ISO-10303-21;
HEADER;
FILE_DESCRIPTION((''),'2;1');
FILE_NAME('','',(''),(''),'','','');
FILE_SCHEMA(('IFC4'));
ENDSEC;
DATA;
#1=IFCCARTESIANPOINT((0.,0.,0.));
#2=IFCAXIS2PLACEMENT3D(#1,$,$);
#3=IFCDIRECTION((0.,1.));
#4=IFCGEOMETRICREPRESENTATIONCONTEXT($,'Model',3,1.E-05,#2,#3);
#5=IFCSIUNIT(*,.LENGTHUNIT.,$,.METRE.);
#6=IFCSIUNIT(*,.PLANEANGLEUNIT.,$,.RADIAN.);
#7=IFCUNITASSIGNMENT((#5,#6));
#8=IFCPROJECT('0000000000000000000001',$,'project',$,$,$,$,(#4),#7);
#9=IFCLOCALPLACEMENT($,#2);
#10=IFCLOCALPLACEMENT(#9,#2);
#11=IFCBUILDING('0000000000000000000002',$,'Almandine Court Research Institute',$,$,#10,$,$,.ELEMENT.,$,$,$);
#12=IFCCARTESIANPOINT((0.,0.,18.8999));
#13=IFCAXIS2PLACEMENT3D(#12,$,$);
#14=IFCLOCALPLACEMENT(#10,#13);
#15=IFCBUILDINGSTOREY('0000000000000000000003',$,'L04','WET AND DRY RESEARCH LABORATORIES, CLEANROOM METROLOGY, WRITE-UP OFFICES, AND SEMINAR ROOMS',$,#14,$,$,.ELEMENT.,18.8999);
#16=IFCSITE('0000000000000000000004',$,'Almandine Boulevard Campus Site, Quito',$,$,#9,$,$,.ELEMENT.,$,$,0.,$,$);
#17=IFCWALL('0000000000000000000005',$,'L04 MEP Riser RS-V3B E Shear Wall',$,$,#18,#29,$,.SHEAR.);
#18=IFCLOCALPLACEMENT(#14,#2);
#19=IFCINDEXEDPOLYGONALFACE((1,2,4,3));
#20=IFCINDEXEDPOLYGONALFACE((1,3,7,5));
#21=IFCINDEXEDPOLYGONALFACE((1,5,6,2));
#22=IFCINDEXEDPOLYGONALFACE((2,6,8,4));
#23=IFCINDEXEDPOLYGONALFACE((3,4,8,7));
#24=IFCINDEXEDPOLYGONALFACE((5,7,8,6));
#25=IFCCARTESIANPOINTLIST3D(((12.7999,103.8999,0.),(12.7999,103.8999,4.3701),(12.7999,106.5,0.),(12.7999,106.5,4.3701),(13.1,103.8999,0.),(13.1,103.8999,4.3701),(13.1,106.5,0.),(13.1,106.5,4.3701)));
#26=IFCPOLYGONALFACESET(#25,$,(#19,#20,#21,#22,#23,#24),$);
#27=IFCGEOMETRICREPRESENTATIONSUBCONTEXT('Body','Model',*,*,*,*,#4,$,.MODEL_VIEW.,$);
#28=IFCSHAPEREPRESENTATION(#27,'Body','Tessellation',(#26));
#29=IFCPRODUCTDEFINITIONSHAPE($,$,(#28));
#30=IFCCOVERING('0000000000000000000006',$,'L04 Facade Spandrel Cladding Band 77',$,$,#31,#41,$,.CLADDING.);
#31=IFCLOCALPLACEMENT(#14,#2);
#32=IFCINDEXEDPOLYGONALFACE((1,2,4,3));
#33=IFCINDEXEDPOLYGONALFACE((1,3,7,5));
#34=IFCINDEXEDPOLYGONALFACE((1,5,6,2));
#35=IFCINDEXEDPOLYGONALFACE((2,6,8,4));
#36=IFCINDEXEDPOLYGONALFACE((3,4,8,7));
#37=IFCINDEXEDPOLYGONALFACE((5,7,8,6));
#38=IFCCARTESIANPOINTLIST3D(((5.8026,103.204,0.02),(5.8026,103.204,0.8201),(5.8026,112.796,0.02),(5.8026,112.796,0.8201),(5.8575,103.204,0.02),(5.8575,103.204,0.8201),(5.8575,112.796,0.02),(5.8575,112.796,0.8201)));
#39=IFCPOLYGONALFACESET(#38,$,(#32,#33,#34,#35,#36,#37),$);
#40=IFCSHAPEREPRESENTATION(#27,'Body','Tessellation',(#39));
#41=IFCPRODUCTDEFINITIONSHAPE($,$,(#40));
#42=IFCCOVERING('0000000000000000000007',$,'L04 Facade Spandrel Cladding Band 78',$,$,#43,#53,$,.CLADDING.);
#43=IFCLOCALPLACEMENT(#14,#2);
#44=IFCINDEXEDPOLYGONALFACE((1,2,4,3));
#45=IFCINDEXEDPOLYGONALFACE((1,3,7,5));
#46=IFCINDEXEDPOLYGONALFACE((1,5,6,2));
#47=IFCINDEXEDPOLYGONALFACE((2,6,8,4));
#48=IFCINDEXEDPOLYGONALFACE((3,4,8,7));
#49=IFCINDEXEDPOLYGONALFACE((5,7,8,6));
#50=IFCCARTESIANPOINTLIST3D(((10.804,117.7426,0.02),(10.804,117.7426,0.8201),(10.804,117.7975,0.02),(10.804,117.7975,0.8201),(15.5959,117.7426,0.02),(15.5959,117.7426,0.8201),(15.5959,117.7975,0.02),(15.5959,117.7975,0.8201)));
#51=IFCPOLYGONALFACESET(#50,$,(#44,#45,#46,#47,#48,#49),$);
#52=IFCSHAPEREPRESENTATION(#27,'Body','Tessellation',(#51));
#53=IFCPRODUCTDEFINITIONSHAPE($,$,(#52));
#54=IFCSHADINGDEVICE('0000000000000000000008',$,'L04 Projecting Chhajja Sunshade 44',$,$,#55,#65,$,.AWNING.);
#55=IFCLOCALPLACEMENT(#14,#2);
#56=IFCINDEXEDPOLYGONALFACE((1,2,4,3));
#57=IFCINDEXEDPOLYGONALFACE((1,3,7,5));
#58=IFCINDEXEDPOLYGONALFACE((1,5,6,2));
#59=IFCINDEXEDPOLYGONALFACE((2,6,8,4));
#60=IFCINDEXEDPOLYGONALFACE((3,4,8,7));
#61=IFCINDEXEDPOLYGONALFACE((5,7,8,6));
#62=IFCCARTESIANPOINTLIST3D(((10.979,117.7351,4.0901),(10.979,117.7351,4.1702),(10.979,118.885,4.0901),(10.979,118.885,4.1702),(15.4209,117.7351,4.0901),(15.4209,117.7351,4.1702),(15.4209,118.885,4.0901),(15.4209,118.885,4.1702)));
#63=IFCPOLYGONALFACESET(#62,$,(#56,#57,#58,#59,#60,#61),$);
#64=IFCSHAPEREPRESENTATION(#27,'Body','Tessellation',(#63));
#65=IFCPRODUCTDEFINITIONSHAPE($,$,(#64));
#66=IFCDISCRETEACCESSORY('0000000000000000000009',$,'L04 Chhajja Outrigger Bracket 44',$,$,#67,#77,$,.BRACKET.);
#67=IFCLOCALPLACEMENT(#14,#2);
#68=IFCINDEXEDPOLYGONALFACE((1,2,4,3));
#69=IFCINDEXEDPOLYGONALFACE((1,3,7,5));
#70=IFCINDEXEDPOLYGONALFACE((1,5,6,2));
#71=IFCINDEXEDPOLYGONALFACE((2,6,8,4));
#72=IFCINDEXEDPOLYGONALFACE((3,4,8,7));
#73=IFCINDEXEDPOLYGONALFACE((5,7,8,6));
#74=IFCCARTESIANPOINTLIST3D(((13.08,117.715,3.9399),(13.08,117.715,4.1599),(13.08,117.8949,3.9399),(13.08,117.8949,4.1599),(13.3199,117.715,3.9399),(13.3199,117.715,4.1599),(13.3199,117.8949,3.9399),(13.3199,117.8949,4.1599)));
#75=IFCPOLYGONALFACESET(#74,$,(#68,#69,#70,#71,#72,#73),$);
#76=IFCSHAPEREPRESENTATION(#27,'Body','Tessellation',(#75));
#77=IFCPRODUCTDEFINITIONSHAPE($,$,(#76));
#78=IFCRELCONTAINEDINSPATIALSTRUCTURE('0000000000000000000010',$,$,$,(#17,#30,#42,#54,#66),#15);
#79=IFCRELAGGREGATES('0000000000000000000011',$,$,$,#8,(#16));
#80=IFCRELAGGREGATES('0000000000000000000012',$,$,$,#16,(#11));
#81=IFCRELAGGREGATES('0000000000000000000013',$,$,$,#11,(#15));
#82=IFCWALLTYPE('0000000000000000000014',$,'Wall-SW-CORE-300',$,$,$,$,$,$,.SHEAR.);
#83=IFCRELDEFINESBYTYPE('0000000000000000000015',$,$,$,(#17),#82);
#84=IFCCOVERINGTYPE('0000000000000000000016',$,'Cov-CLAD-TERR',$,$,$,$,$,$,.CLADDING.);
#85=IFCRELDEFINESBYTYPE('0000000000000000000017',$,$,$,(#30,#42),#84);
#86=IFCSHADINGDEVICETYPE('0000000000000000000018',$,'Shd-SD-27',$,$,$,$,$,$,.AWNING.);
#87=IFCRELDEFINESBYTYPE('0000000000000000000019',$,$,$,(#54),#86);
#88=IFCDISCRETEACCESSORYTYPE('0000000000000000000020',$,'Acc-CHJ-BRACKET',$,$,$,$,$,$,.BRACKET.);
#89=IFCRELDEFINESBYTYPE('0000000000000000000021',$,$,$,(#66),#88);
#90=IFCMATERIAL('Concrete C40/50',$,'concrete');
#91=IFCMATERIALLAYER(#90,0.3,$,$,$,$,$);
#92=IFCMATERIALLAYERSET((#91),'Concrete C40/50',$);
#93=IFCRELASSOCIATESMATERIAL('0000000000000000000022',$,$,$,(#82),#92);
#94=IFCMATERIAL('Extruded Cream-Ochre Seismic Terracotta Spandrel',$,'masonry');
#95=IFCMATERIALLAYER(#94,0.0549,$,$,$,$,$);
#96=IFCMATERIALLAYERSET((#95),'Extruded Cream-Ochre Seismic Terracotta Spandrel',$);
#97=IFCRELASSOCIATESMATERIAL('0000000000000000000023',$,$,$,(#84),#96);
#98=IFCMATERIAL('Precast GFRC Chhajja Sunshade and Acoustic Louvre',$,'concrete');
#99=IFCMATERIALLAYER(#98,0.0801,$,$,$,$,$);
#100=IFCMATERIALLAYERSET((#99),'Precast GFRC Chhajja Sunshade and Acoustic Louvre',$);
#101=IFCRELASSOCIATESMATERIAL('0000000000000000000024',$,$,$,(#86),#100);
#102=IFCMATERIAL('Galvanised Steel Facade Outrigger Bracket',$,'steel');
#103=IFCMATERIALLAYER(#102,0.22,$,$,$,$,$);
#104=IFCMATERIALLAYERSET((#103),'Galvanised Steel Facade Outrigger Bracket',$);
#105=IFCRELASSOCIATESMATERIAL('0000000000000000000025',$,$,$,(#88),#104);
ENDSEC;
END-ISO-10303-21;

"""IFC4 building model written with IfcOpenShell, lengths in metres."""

from ifc_helpers import new_model, si_unit, direction, frame, frame_2d, origin, origin_2d, place, context, subcontext, project, spatial, rectangle, extrude, material, layer, layer_set, type_object, element, save


model = new_model("IFC4")

# Units and contexts
model_context = context("Model", 3, precision=1e-05, world=origin(), true_north=direction((0.0, 1.0)))
body_context = subcontext(model_context, "Body", "Model", "MODEL_VIEW")
ifc_project = project(units=[si_unit("LENGTHUNIT", "METRE"), si_unit("PLANEANGLEUNIT", "RADIAN")], contexts=[model_context])

# Site, building, storey
site_placement = place(None, origin())
site = spatial("IfcSite", under=ifc_project, at=site_placement, Name="Almandine Boulevard Campus Site, Quito", CompositionType="ELEMENT", RefElevation=0.0)
building_placement = place(site_placement, origin())
building = spatial("IfcBuilding", under=site, at=building_placement, Name="Almandine Court Research Institute", CompositionType="ELEMENT")
storey_placement = place(building_placement, frame((0.0, 0.0, 18.8999)))
storey = spatial("IfcBuildingStorey", under=building, at=storey_placement, Name="L04", Description="WET AND DRY RESEARCH LABORATORIES, CLEANROOM METROLOGY, WRITE-UP OFFICES, AND SEMINAR ROOMS", CompositionType="ELEMENT", Elevation=18.8999)

# Wall
ifc_material_1 = material(Name="Concrete C40/50", Category="concrete")
ifc_layer_1 = layer(ifc_material_1, 0.3)
ifc_layer_set_1 = layer_set([ifc_layer_1], Name="Concrete C40/50")
wall_type_1 = type_object("IfcWallType", Name="Wall-SW-CORE-300", PredefinedType="SHEAR", material=ifc_layer_set_1)
wall_1_placement = place(storey_placement, frame((12.95, 106.5, 0.0), z_axis=(0.0, 0.0, 1.0), x_axis=(0.0, -1.0, 0.0)))
element("IfcWall", 1, at=wall_1_placement, inside=storey, type_object=wall_type_1, Name="L04 MEP Riser RS-V3B E Shear Wall", PredefinedType="SHEAR", context=body_context, shape_type="SweptSolid", body=[
    extrude(rectangle(XDim=2.6001, YDim=0.3, at=frame_2d((1.3, 0.0))), origin(), (0.0, 0.0, 1.0), 4.3701),
])

# Coverings
ifc_material_2 = material(Name="Extruded Cream-Ochre Seismic Terracotta Spandrel", Category="masonry")
ifc_layer_2 = layer(ifc_material_2, 0.0549)
ifc_layer_set_2 = layer_set([ifc_layer_2], Name="Extruded Cream-Ochre Seismic Terracotta Spandrel")
covering_type = type_object("IfcCoveringType", Name="Cov-CLAD-TERR", PredefinedType="CLADDING", material=ifc_layer_set_2)
covering_1_placement = place(storey_placement, frame((5.8301, 108.0, 0.02), z_axis=(0.0, 0.0, 1.0), x_axis=(0.0, 1.0, 0.0)))
element("IfcCovering", 2, at=covering_1_placement, inside=storey, type_object=covering_type, Name="L04 Facade Spandrel Cladding Band 77", PredefinedType="CLADDING", context=body_context, shape_type="SweptSolid", body=[
    extrude(rectangle(XDim=9.592, YDim=0.0549, at=origin_2d()), origin(), (0.0, 0.0, 1.0), 0.8),
])
covering_2_placement = place(storey_placement, frame((13.2, 117.77, 0.02), z_axis=(0.0, 0.0, 1.0), x_axis=(1.0, 0.0, 0.0)))
element("IfcCovering", 3, at=covering_2_placement, inside=storey, type_object=covering_type, Name="L04 Facade Spandrel Cladding Band 78", PredefinedType="CLADDING", context=body_context, shape_type="SweptSolid", body=[
    extrude(rectangle(XDim=4.792, YDim=0.0549, at=origin_2d()), origin(), (0.0, 0.0, 1.0), 0.8),
])

# Shading device
ifc_material_3 = material(Name="Precast GFRC Chhajja Sunshade and Acoustic Louvre", Category="concrete")
ifc_layer_3 = layer(ifc_material_3, 0.0801)
ifc_layer_set_3 = layer_set([ifc_layer_3], Name="Precast GFRC Chhajja Sunshade and Acoustic Louvre")
shading_device_type = type_object("IfcShadingDeviceType", Name="Shd-SD-27", PredefinedType="AWNING", material=ifc_layer_set_3)
shading_device_placement = place(storey_placement, frame((13.2, 118.3101, 4.0901), z_axis=(0.0, 0.0, 1.0), x_axis=(1.0, 0.0, 0.0)))
element("IfcShadingDevice", 4, at=shading_device_placement, inside=storey, type_object=shading_device_type, Name="L04 Projecting Chhajja Sunshade 44", PredefinedType="AWNING", context=body_context, shape_type="SweptSolid", body=[
    extrude(rectangle(XDim=4.4419, YDim=1.1499, at=origin_2d()), origin(), (0.0, 0.0, 1.0), 0.0801),
])

# Discrete accessory
ifc_material_4 = material(Name="Galvanised Steel Facade Outrigger Bracket", Category="steel")
ifc_layer_4 = layer(ifc_material_4, 0.22)
ifc_layer_set_4 = layer_set([ifc_layer_4], Name="Galvanised Steel Facade Outrigger Bracket")
discrete_accessory_type = type_object("IfcDiscreteAccessoryType", Name="Acc-CHJ-BRACKET", PredefinedType="BRACKET", material=ifc_layer_set_4)
discrete_accessory_placement = place(storey_placement, frame((13.2, 117.8049, 3.9399), z_axis=(0.0, 0.0, 1.0), x_axis=(1.0, 0.0, 0.0)))
element("IfcDiscreteAccessory", 5, at=discrete_accessory_placement, inside=storey, type_object=discrete_accessory_type, Name="L04 Chhajja Outrigger Bracket 44", PredefinedType="BRACKET", context=body_context, shape_type="SweptSolid", body=[
    extrude(rectangle(XDim=0.24, YDim=0.1799, at=origin_2d()), origin(), (0.0, 0.0, 1.0), 0.22),
])

save(model, "model.ifc")
